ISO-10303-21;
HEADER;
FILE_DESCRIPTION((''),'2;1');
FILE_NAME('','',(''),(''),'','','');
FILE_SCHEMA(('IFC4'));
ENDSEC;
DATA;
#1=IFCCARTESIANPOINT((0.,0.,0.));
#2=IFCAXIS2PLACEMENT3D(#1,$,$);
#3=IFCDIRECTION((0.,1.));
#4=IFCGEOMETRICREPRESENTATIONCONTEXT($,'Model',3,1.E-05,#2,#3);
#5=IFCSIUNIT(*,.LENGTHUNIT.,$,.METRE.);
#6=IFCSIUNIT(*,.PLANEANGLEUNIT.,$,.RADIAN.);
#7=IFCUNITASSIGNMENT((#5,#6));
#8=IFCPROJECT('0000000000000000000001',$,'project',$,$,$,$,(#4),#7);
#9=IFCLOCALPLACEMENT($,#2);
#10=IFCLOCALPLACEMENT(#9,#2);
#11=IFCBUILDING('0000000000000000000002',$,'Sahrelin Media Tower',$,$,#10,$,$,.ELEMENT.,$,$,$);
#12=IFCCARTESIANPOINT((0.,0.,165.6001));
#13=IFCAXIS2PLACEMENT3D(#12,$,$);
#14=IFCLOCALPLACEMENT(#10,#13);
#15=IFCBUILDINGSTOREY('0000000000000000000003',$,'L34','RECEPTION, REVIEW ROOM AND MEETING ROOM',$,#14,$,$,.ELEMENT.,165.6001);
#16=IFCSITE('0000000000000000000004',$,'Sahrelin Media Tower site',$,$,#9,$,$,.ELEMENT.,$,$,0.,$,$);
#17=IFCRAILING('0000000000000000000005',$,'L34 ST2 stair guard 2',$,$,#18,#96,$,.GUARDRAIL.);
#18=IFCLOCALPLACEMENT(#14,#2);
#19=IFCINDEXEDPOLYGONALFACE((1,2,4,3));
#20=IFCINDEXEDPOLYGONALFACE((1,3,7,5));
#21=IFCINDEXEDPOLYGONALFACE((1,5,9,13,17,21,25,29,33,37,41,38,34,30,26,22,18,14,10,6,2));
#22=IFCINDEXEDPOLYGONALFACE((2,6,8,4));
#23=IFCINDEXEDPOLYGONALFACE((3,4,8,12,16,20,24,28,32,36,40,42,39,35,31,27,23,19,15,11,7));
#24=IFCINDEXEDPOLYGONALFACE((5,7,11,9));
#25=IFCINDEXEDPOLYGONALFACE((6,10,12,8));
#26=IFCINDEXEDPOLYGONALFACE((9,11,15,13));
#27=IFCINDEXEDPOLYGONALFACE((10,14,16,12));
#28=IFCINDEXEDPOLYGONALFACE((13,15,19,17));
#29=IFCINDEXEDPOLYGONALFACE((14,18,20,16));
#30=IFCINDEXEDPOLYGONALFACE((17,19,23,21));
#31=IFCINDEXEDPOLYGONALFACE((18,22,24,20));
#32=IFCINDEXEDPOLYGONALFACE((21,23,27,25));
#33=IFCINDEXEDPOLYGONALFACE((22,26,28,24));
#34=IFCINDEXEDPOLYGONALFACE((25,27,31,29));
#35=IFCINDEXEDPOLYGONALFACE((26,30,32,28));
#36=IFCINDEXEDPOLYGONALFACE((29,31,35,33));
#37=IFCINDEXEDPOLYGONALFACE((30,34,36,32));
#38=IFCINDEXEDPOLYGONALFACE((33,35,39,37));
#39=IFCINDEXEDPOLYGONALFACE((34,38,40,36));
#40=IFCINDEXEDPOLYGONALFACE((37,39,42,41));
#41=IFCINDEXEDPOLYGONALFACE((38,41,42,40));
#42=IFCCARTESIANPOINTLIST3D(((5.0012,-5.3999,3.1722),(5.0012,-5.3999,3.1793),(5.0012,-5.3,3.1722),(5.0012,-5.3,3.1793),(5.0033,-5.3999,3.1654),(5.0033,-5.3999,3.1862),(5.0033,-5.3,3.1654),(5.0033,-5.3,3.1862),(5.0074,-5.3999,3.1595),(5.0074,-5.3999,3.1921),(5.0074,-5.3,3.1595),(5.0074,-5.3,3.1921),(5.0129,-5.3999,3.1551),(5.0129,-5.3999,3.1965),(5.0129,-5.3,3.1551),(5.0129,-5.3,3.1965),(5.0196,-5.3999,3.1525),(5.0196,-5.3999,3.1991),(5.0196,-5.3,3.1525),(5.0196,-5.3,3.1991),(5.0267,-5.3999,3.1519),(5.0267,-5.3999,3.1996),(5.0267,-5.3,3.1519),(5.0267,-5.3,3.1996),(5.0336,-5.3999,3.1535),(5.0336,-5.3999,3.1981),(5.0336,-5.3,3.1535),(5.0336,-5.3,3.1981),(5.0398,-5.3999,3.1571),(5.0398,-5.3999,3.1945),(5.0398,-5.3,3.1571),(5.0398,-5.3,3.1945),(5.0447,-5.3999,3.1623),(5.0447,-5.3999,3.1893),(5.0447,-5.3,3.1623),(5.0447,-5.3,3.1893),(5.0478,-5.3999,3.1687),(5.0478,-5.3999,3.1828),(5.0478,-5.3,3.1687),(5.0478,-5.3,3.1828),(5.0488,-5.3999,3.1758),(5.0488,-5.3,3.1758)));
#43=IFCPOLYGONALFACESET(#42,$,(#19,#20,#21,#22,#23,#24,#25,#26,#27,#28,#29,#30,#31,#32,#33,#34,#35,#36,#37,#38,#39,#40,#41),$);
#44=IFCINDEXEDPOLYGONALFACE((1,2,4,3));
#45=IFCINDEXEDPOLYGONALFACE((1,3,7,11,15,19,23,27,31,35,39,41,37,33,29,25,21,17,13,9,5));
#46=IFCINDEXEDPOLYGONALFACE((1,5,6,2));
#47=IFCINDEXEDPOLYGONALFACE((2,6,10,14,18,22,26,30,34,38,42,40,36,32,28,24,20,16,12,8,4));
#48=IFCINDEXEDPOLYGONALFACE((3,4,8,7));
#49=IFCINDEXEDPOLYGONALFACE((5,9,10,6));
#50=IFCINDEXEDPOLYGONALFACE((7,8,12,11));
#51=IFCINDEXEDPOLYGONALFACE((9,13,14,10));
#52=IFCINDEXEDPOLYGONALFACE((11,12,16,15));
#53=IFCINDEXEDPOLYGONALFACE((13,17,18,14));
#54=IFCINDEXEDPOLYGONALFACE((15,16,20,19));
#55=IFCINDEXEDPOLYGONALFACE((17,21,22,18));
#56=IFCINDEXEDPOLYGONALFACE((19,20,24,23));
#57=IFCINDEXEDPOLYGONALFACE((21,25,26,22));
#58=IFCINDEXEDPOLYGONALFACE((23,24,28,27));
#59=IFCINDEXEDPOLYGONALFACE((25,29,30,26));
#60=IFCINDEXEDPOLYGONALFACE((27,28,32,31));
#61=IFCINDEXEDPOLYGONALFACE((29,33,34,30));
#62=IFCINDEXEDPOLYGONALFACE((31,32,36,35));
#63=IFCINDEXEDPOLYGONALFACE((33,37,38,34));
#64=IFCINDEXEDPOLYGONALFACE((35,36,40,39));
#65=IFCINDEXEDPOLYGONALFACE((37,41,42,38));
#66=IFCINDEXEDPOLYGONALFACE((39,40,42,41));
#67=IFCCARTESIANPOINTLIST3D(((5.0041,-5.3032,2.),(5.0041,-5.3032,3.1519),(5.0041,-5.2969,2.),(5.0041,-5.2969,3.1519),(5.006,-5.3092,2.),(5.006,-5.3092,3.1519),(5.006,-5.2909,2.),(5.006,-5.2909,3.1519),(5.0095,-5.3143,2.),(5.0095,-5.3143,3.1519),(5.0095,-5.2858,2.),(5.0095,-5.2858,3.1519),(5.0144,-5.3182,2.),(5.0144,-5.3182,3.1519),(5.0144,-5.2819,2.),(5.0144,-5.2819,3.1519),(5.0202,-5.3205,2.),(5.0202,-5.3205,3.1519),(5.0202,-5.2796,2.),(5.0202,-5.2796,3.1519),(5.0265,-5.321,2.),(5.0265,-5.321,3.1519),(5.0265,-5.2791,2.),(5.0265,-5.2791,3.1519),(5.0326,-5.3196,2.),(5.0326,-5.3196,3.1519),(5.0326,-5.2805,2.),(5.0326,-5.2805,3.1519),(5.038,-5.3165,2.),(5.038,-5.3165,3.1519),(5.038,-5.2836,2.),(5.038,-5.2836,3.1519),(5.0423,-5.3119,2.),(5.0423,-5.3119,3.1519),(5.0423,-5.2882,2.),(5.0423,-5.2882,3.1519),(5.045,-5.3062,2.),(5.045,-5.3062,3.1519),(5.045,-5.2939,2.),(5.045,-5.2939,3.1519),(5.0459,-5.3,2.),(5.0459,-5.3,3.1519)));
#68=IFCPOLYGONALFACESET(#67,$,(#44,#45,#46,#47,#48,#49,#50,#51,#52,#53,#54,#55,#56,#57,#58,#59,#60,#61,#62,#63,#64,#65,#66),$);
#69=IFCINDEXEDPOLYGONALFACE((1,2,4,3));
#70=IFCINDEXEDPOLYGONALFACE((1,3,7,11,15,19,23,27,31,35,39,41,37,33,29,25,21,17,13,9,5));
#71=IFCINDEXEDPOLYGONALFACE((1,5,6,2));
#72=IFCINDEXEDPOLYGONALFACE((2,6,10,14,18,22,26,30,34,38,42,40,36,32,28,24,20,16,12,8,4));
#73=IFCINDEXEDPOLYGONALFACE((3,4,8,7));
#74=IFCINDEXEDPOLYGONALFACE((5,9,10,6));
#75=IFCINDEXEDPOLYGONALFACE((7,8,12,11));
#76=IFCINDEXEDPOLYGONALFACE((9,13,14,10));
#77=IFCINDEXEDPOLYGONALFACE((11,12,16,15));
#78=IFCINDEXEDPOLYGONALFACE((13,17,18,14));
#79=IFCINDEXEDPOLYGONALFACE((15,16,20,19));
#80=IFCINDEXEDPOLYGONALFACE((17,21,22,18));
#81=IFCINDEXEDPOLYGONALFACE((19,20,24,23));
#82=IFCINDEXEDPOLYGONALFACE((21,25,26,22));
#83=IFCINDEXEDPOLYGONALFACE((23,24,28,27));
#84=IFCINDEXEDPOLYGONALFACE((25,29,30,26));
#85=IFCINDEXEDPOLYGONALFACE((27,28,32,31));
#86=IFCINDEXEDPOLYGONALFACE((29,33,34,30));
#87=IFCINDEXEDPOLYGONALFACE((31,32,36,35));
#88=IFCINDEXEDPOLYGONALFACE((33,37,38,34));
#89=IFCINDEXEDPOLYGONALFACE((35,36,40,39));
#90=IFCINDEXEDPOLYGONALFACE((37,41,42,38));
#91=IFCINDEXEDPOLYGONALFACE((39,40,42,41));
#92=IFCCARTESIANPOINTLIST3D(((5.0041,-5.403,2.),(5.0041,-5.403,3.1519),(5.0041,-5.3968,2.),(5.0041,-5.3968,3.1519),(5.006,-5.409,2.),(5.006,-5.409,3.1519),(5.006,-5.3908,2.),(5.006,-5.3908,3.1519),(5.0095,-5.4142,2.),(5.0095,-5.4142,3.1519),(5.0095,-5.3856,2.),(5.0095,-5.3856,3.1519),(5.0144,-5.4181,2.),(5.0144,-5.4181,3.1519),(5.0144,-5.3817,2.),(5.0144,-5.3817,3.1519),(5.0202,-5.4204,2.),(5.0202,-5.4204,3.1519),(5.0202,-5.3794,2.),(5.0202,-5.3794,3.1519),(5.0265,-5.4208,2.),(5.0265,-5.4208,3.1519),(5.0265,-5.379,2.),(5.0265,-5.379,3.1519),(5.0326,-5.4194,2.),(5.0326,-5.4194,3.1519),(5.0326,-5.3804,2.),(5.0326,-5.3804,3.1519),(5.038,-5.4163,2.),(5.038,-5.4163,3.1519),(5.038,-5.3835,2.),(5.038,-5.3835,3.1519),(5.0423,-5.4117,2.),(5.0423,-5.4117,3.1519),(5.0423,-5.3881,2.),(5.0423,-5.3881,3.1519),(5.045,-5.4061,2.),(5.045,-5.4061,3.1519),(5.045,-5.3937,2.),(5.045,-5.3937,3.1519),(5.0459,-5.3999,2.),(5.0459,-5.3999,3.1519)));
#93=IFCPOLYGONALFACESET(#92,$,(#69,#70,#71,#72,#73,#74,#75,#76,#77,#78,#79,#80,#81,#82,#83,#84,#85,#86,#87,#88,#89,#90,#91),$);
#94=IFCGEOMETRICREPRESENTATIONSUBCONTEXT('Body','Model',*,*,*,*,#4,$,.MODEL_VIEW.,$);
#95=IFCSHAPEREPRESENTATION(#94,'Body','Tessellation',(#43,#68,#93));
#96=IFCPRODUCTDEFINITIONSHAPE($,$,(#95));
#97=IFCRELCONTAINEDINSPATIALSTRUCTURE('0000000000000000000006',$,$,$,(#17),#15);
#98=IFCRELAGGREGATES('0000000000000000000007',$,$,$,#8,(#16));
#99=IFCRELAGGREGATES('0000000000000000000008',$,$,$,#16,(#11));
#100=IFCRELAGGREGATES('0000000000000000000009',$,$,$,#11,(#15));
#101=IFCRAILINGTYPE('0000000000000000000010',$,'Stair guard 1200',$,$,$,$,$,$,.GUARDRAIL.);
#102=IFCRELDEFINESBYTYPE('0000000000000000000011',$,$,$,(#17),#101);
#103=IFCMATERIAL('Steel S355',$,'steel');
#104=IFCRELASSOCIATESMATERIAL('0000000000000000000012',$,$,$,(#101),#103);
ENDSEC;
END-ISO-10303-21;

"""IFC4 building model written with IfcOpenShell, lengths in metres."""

from ifc_helpers import new_model, si_unit, direction, frame, origin, origin_2d, place, context, subcontext, project, spatial, circle, extrude, material, type_object, element, save


model = new_model("IFC4")

# Units and contexts
model_context = context("Model", 3, precision=1e-05, world=origin(), true_north=direction((0.0, 1.0)))
body_context = subcontext(model_context, "Body", "Model", "MODEL_VIEW")
ifc_project = project(units=[si_unit("LENGTHUNIT", "METRE"), si_unit("PLANEANGLEUNIT", "RADIAN")], contexts=[model_context])

# Site, building, storey
site_placement = place(None, origin())
site = spatial("IfcSite", under=ifc_project, at=site_placement, Name="Sahrelin Media Tower site", CompositionType="ELEMENT", RefElevation=0.0)
building_placement = place(site_placement, origin())
building = spatial("IfcBuilding", under=site, at=building_placement, Name="Sahrelin Media Tower", CompositionType="ELEMENT")
storey_placement = place(building_placement, frame((0.0, 0.0, 165.6001)))
storey = spatial("IfcBuildingStorey", under=building, at=storey_placement, Name="L34", Description="RECEPTION, REVIEW ROOM AND MEETING ROOM", CompositionType="ELEMENT", Elevation=165.6001)

# Shared definitions
ifc_material_1 = material(Name="Steel S355", Category="steel")

# Railing
railing_type_1 = type_object("IfcRailingType", Name="Stair guard 1200", PredefinedType="GUARDRAIL", material=ifc_material_1)
railing_1_placement = place(storey_placement, frame((5.0249, -5.3, 2.0)))
element("IfcRailing", 1, at=railing_1_placement, inside=storey, type_object=railing_type_1, Name="L34 ST2 stair guard 2", PredefinedType="GUARDRAIL", context=body_context, shape_type="SweptSolid", body=[
    extrude(circle(Radius=0.0239, at=origin_2d()), frame((0.0, 0.0, 1.1758), z_axis=(0.0, -1.0, 0.0), x_axis=(1.0, 0.0, 0.0)), (0.0, 0.0, 1.0), 0.0999),
    extrude(circle(Radius=0.021, at=origin_2d()), origin(), (0.0, 0.0, 1.0), 1.1519),
    extrude(circle(Radius=0.021, at=origin_2d()), frame((0.0, -0.0999, 0.0)), (0.0, 0.0, 1.0), 1.1519),
])

save(model, "model.ifc")
